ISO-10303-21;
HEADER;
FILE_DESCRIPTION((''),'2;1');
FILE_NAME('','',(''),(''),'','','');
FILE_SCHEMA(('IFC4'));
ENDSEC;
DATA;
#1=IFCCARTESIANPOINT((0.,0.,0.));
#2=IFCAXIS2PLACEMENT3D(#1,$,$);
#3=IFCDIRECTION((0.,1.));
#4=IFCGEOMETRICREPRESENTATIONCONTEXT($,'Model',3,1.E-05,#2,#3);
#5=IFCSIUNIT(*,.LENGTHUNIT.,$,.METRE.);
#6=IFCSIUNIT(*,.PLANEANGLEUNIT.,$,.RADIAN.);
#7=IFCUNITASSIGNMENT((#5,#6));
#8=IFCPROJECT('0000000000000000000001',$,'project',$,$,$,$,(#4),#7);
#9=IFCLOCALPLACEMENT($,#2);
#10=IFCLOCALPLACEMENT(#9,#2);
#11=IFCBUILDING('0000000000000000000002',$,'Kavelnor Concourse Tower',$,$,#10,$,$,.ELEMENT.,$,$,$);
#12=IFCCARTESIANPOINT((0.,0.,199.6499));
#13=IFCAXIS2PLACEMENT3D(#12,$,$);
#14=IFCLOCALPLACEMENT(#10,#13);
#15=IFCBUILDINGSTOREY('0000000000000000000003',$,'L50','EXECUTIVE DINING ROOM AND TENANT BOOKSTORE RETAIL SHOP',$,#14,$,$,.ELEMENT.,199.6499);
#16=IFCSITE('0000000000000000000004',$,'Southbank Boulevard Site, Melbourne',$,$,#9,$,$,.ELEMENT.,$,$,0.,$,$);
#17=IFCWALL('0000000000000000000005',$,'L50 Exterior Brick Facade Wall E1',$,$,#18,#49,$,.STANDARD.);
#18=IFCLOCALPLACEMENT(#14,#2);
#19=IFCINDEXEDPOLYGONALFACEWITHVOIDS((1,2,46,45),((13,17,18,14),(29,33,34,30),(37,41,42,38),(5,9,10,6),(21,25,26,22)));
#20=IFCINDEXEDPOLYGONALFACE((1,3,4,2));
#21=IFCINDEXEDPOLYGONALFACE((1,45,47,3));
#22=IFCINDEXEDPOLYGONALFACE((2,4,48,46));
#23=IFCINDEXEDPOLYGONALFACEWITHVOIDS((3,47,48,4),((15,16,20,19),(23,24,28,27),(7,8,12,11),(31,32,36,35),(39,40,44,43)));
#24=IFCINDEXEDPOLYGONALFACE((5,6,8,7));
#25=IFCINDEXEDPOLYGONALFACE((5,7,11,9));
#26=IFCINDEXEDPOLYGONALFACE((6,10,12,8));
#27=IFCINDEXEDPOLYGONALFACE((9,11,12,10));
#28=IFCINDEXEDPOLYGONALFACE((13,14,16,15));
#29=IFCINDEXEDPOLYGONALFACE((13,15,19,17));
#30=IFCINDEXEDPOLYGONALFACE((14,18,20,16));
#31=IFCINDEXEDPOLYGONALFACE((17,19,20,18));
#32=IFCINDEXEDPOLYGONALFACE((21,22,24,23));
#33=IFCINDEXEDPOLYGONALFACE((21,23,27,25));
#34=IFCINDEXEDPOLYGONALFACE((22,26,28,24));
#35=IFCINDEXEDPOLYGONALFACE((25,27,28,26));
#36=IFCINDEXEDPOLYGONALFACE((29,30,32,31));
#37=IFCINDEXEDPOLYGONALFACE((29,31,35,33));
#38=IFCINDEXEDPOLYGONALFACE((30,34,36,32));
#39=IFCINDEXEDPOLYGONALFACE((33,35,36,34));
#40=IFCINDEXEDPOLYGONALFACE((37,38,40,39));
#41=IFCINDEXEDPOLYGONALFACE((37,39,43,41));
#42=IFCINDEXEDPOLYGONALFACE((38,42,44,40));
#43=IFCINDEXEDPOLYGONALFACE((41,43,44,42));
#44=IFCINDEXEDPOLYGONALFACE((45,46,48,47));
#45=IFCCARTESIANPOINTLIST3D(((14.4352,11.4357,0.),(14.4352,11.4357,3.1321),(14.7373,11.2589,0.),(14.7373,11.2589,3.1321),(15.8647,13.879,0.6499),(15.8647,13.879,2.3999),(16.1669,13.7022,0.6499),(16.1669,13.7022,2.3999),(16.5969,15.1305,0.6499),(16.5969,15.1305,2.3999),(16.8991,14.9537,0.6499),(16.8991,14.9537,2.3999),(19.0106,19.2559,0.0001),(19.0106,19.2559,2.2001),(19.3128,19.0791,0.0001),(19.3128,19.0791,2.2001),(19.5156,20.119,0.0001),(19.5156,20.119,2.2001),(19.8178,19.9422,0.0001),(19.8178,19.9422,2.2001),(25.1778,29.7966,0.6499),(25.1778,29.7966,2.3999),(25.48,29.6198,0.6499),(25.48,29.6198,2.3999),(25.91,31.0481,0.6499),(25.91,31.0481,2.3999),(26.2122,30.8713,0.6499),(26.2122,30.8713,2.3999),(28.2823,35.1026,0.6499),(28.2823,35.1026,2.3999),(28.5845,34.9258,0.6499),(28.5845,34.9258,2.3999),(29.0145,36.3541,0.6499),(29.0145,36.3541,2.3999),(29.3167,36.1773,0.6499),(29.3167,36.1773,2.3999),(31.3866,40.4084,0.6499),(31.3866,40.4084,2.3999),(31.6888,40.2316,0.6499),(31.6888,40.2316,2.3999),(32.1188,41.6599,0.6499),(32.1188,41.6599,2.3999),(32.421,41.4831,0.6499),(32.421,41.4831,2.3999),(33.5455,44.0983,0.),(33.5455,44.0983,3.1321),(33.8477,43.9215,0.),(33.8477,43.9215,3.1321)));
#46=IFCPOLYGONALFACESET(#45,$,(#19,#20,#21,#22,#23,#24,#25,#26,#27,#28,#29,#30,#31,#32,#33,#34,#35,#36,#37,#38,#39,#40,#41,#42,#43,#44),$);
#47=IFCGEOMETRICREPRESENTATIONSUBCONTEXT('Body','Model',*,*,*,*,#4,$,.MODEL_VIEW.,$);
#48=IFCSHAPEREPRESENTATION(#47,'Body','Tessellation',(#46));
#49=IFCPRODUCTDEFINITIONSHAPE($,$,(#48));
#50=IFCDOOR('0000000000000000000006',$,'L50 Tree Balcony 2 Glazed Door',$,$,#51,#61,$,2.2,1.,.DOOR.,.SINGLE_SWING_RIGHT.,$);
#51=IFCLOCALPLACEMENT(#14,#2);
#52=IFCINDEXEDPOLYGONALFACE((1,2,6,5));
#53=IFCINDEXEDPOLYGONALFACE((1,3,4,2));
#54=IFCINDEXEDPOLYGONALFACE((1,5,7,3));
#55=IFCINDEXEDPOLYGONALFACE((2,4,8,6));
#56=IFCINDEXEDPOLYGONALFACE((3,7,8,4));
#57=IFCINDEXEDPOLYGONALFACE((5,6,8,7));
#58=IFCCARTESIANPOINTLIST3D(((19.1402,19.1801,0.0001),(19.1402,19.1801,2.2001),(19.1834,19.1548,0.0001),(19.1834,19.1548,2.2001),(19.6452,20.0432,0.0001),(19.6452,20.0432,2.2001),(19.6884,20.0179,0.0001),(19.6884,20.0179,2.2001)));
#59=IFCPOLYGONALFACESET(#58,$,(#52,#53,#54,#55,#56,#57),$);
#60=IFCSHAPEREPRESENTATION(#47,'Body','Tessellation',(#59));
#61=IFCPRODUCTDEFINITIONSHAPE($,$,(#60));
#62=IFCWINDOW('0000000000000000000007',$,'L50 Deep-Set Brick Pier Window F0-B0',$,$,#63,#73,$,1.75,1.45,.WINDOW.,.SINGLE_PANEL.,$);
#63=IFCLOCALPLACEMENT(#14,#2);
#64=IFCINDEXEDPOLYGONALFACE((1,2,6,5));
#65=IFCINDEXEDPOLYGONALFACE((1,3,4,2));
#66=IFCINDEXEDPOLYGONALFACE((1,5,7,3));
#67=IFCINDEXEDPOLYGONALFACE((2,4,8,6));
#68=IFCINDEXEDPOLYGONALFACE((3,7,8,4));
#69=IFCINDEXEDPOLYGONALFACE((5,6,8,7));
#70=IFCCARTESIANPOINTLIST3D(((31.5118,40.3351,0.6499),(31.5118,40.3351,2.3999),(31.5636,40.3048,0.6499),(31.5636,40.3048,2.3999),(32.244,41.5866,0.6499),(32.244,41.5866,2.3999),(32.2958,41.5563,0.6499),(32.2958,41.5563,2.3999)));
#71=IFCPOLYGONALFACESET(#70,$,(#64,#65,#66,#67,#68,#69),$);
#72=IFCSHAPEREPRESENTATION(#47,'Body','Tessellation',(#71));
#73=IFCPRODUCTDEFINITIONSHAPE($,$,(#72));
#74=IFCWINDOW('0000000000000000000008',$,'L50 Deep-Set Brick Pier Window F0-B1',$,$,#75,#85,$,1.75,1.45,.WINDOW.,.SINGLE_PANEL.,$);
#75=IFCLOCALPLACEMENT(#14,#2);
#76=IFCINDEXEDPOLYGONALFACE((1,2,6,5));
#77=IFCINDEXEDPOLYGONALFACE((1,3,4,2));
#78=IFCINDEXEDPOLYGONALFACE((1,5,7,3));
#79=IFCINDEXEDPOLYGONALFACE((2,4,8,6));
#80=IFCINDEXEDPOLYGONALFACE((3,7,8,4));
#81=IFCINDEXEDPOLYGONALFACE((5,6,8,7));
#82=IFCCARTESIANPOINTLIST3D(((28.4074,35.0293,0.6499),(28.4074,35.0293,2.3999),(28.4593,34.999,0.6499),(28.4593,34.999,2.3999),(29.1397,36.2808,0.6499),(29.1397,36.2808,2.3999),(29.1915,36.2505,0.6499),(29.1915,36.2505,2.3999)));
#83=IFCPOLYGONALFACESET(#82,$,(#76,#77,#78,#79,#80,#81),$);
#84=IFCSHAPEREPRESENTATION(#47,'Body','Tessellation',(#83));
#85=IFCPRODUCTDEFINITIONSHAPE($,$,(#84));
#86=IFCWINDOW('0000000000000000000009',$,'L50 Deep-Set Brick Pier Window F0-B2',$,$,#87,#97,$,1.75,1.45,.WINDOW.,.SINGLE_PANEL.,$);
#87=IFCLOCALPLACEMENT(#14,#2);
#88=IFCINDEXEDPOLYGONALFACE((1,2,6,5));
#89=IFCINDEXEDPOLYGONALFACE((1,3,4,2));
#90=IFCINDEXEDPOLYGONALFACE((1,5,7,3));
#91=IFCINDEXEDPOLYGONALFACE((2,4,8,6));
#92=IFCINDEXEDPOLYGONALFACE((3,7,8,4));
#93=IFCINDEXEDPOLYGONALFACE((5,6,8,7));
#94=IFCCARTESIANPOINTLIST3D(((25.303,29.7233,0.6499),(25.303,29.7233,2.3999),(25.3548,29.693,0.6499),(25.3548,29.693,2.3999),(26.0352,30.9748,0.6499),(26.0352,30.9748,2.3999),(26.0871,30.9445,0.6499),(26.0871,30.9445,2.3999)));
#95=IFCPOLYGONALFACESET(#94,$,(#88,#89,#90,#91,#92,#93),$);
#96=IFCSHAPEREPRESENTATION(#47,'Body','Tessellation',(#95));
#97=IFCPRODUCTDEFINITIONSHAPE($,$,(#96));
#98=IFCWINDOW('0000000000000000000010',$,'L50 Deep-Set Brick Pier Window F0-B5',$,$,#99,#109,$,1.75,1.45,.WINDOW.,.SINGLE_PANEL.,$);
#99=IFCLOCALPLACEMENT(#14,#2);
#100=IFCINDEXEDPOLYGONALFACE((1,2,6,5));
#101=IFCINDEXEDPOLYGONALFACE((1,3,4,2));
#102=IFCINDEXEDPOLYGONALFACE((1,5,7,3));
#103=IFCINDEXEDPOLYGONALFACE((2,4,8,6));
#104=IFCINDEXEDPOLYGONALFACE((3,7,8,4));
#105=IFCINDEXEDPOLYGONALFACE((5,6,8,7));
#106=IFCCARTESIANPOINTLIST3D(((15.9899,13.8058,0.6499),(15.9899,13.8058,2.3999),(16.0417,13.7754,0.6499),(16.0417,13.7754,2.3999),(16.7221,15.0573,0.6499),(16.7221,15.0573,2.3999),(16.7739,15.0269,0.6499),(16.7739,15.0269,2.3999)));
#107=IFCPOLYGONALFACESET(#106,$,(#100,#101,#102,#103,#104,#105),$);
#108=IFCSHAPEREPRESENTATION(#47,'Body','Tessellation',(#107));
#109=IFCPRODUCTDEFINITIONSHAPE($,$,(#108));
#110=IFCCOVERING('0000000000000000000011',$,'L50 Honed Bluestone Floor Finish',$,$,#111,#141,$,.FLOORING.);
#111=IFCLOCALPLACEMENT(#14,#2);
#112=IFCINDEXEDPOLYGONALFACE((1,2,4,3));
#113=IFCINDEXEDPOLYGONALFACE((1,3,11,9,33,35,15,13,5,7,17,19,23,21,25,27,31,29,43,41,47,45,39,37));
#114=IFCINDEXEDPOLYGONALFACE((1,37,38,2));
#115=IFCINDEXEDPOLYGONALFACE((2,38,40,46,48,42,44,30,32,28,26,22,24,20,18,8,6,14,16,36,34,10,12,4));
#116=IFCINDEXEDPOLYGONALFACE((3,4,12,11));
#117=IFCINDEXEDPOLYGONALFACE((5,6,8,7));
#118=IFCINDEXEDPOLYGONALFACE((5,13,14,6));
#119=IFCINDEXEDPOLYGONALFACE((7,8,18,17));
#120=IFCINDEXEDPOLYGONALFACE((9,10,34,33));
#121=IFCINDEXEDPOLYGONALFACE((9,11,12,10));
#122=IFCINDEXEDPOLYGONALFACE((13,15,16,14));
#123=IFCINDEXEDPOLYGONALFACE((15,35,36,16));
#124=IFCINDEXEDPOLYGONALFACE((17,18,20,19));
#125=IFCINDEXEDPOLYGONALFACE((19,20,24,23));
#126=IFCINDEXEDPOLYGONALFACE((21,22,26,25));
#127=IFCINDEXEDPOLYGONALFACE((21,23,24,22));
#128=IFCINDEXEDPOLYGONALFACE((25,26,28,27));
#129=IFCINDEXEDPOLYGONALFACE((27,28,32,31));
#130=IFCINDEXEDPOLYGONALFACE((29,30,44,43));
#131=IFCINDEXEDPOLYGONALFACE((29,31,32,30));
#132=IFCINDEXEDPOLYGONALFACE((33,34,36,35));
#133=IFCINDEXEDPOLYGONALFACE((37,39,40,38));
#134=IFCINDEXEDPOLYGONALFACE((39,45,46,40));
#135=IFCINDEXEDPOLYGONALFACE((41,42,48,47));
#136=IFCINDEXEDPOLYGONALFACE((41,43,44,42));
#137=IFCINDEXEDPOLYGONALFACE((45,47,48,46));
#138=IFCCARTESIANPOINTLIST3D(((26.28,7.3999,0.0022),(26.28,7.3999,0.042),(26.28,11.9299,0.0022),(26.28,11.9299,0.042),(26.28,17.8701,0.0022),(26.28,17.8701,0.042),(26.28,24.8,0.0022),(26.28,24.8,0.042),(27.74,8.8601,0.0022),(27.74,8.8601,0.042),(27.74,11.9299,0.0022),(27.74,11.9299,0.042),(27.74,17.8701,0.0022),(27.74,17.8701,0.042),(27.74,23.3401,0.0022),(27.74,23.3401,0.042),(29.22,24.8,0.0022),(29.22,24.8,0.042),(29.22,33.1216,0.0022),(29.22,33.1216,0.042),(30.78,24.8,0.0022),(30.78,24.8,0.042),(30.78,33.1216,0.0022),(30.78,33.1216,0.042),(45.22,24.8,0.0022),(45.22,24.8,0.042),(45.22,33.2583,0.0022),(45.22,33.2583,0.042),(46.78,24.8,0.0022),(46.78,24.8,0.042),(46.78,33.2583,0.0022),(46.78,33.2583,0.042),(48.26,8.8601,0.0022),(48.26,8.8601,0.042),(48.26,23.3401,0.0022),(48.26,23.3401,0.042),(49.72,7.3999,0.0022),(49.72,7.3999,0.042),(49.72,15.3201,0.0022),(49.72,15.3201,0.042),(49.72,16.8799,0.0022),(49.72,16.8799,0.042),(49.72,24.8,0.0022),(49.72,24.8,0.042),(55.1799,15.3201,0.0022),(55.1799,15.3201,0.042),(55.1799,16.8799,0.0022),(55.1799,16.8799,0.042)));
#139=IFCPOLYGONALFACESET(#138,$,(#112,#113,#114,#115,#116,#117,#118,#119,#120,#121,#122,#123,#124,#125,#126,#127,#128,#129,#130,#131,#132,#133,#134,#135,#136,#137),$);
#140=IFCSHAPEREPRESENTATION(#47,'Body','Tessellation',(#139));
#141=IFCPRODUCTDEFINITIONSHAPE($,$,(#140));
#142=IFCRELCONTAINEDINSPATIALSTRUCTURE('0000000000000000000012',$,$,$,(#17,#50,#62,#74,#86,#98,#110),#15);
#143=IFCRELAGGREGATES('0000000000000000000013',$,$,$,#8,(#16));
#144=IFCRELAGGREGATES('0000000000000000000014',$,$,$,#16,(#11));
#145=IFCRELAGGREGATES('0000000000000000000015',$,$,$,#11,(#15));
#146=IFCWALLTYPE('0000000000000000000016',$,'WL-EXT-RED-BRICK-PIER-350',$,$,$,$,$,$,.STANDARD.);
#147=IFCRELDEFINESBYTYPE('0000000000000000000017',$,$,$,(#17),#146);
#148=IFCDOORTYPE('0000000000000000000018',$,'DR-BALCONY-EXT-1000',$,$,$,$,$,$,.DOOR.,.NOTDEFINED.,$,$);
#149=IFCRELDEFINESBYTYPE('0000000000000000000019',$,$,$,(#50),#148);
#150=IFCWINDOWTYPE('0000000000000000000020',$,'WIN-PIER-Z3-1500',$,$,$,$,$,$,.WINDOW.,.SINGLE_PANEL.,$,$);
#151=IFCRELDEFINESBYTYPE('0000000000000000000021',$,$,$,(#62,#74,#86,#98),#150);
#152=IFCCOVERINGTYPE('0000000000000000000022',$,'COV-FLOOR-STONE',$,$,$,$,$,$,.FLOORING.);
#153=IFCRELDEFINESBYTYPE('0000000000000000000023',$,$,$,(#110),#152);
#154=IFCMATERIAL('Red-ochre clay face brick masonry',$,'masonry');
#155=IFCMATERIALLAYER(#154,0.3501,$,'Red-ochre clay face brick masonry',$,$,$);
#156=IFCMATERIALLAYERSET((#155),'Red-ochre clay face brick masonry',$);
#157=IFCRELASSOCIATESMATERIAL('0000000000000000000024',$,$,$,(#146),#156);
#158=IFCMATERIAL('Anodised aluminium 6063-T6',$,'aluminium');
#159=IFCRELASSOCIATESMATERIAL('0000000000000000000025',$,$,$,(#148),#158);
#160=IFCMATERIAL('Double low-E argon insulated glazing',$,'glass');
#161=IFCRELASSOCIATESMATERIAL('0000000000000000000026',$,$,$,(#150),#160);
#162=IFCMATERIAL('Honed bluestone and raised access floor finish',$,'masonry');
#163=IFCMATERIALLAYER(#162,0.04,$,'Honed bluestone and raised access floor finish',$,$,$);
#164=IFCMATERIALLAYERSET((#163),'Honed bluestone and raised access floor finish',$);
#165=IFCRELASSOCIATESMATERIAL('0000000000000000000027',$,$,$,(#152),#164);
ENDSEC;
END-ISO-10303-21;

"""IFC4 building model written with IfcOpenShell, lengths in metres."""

from ifc_helpers import new_model, si_unit, direction, frame, frame_2d, origin, place, context, subcontext, project, spatial, polyline, rectangle, outline, extrude, material, layer, layer_set, type_object, element, fill, save


model = new_model("IFC4")

# Units and contexts
model_context = context("Model", 3, precision=1e-05, world=origin(), true_north=direction((0.0, 1.0)))
body_context = subcontext(model_context, "Body", "Model", "MODEL_VIEW")
ifc_project = project(units=[si_unit("LENGTHUNIT", "METRE"), si_unit("PLANEANGLEUNIT", "RADIAN")], contexts=[model_context])

# Site, building, storey
site_placement = place(None, origin())
site = spatial("IfcSite", under=ifc_project, at=site_placement, Name="Southbank Boulevard Site, Melbourne", CompositionType="ELEMENT", RefElevation=0.0)
building_placement = place(site_placement, origin())
building = spatial("IfcBuilding", under=site, at=building_placement, Name="Kavelnor Concourse Tower", CompositionType="ELEMENT")
storey_placement = place(building_placement, frame((0.0, 0.0, 199.6499)))
storey = spatial("IfcBuildingStorey", under=building, at=storey_placement, Name="L50", Description="EXECUTIVE DINING ROOM AND TENANT BOOKSTORE RETAIL SHOP", CompositionType="ELEMENT", Elevation=199.6499)

# Shared definitions
ifc_material_1 = material(Name="Double low-E argon insulated glazing", Category="glass")

# Wall, openings, door, windows
ifc_material_2 = material(Name="Red-ochre clay face brick masonry", Category="masonry")
ifc_layer_1 = layer(ifc_material_2, 0.3501, Name="Red-ochre clay face brick masonry")
ifc_layer_set_1 = layer_set([ifc_layer_1], Name="Red-ochre clay face brick masonry")
wall_type_1 = type_object("IfcWallType", Name="WL-EXT-RED-BRICK-PIER-350", PredefinedType="STANDARD", material=ifc_layer_set_1)
wall_1_placement = place(storey_placement, frame((14.5862, 11.3472, 0.0), z_axis=(0.0, 0.0, 1.0), x_axis=(0.504998, 0.863121, 0.0)))
wall_1 = element("IfcWall", 1, at=wall_1_placement, inside=storey, type_object=wall_type_1, Name="L50 Exterior Brick Facade Wall E1", PredefinedType="STANDARD", context=body_context, shape_type="SweptSolid", body=[
    extrude(rectangle(XDim=37.8425, YDim=0.3501, at=frame_2d((18.9214, 0.0))), origin(), (0.0, 0.0, 1.0), 3.1321),
])
opening_1_placement = place(wall_1_placement, frame((9.0605, 0.0, 0.0)))
opening_1 = element("IfcOpeningElement", 2, at=opening_1_placement, cuts=wall_1, PredefinedType="OPENING", context=body_context, shape_type="SweptSolid", body=[
    extrude(rectangle(XDim=1.0, YDim=2.2, at=frame_2d((0.5, 1.1001))), frame((0.0, 0.1851, 0.0), z_axis=(0.0, -1.0, 0.0), x_axis=(1.0, 0.0, 0.0)), (0.0, 0.0, 1.0), 0.3701),
])
opening_2_placement = place(wall_1_placement, frame((33.5674, 0.0, 0.6499)))
opening_2 = element("IfcOpeningElement", 3, at=opening_2_placement, cuts=wall_1, PredefinedType="OPENING", context=body_context, shape_type="SweptSolid", body=[
    extrude(rectangle(XDim=1.45, YDim=1.75, at=frame_2d((0.7251, 0.875))), frame((0.0, 0.1851, 0.0), z_axis=(0.0, -1.0, 0.0), x_axis=(1.0, 0.0, 0.0)), (0.0, 0.0, 1.0), 0.3701),
])
opening_3_placement = place(wall_1_placement, frame((27.4202, 0.0, 0.6499)))
opening_3 = element("IfcOpeningElement", 4, at=opening_3_placement, cuts=wall_1, PredefinedType="OPENING", context=body_context, shape_type="SweptSolid", body=[
    extrude(rectangle(XDim=1.45, YDim=1.75, at=frame_2d((0.7251, 0.875))), frame((0.0, 0.1851, 0.0), z_axis=(0.0, -1.0, 0.0), x_axis=(1.0, 0.0, 0.0)), (0.0, 0.0, 1.0), 0.3701),
])
opening_4_placement = place(wall_1_placement, frame((21.2727, 0.0, 0.6499)))
opening_4 = element("IfcOpeningElement", 5, at=opening_4_placement, cuts=wall_1, PredefinedType="OPENING", context=body_context, shape_type="SweptSolid", body=[
    extrude(rectangle(XDim=1.45, YDim=1.75, at=frame_2d((0.7251, 0.875))), frame((0.0, 0.1851, 0.0), z_axis=(0.0, -1.0, 0.0), x_axis=(1.0, 0.0, 0.0)), (0.0, 0.0, 1.0), 0.3701),
])
opening_5_placement = place(wall_1_placement, frame((2.8308, 0.0, 0.6499)))
opening_5 = element("IfcOpeningElement", 6, at=opening_5_placement, cuts=wall_1, PredefinedType="OPENING", context=body_context, shape_type="SweptSolid", body=[
    extrude(rectangle(XDim=1.45, YDim=1.75, at=frame_2d((0.7251, 0.875))), frame((0.0, 0.1851, 0.0), z_axis=(0.0, -1.0, 0.0), x_axis=(1.0, 0.0, 0.0)), (0.0, 0.0, 1.0), 0.3701),
])
ifc_material_3 = material(Name="Anodised aluminium 6063-T6", Category="aluminium")
door_type = type_object("IfcDoorType", Name="DR-BALCONY-EXT-1000", OperationType="NOTDEFINED", PredefinedType="DOOR", material=ifc_material_3)
door_placement = place(opening_1_placement, origin())
door = element("IfcDoor", 7, at=door_placement, inside=storey, type_object=door_type, Name="L50 Tree Balcony 2 Glazed Door", OperationType="SINGLE_SWING_RIGHT", OverallHeight=2.2, OverallWidth=1.0, PredefinedType="DOOR", context=body_context, shape_type="SweptSolid", body=[
    extrude(rectangle(XDim=1.0, YDim=2.2, at=frame_2d((0.5, 1.1001))), frame((0.0, 0.0249, 0.0), z_axis=(0.0, -1.0, 0.0), x_axis=(1.0, 0.0, 0.0)), (0.0, 0.0, 1.0), 0.05),
])
fill(opening_1, door)
window_type_1 = type_object("IfcWindowType", Name="WIN-PIER-Z3-1500", PartitioningType="SINGLE_PANEL", PredefinedType="WINDOW", material=ifc_material_1)
window_1_placement = place(opening_2_placement, origin())
window_1 = element("IfcWindow", 8, at=window_1_placement, inside=storey, type_object=window_type_1, Name="L50 Deep-Set Brick Pier Window F0-B0", OverallHeight=1.75, OverallWidth=1.45, PartitioningType="SINGLE_PANEL", PredefinedType="WINDOW", context=body_context, shape_type="SweptSolid", body=[
    extrude(rectangle(XDim=1.45, YDim=1.75, at=frame_2d((0.7251, 0.875))), frame((0.0, 0.03, 0.0), z_axis=(0.0, -1.0, 0.0), x_axis=(1.0, 0.0, 0.0)), (0.0, 0.0, 1.0), 0.0601),
])
fill(opening_2, window_1)
window_2_placement = place(opening_3_placement, origin())
window_2 = element("IfcWindow", 9, at=window_2_placement, inside=storey, type_object=window_type_1, Name="L50 Deep-Set Brick Pier Window F0-B1", OverallHeight=1.75, OverallWidth=1.45, PartitioningType="SINGLE_PANEL", PredefinedType="WINDOW", context=body_context, shape_type="SweptSolid", body=[
    extrude(rectangle(XDim=1.45, YDim=1.75, at=frame_2d((0.7251, 0.875))), frame((0.0, 0.03, 0.0), z_axis=(0.0, -1.0, 0.0), x_axis=(1.0, 0.0, 0.0)), (0.0, 0.0, 1.0), 0.0601),
])
fill(opening_3, window_2)
window_3_placement = place(opening_4_placement, origin())
window_3 = element("IfcWindow", 10, at=window_3_placement, inside=storey, type_object=window_type_1, Name="L50 Deep-Set Brick Pier Window F0-B2", OverallHeight=1.75, OverallWidth=1.45, PartitioningType="SINGLE_PANEL", PredefinedType="WINDOW", context=body_context, shape_type="SweptSolid", body=[
    extrude(rectangle(XDim=1.45, YDim=1.75, at=frame_2d((0.7251, 0.875))), frame((0.0, 0.03, 0.0), z_axis=(0.0, -1.0, 0.0), x_axis=(1.0, 0.0, 0.0)), (0.0, 0.0, 1.0), 0.0601),
])
fill(opening_4, window_3)
window_4_placement = place(opening_5_placement, origin())
window_4 = element("IfcWindow", 11, at=window_4_placement, inside=storey, type_object=window_type_1, Name="L50 Deep-Set Brick Pier Window F0-B5", OverallHeight=1.75, OverallWidth=1.45, PartitioningType="SINGLE_PANEL", PredefinedType="WINDOW", context=body_context, shape_type="SweptSolid", body=[
    extrude(rectangle(XDim=1.45, YDim=1.75, at=frame_2d((0.7251, 0.875))), frame((0.0, 0.03, 0.0), z_axis=(0.0, -1.0, 0.0), x_axis=(1.0, 0.0, 0.0)), (0.0, 0.0, 1.0), 0.0601),
])
fill(opening_5, window_4)

# Covering
ifc_material_4 = material(Name="Honed bluestone and raised access floor finish", Category="masonry")
ifc_layer_2 = layer(ifc_material_4, 0.04, Name="Honed bluestone and raised access floor finish")
ifc_layer_set_2 = layer_set([ifc_layer_2], Name="Honed bluestone and raised access floor finish")
covering_type = type_object("IfcCoveringType", Name="COV-FLOOR-STONE", PredefinedType="FLOORING", material=ifc_layer_set_2)
covering_placement = place(storey_placement, frame((0.0, 0.0, 0.0022)))
element("IfcCovering", 12, at=covering_placement, inside=storey, type_object=covering_type, Name="L50 Honed Bluestone Floor Finish", PredefinedType="FLOORING", context=body_context, shape_type="SweptSolid", body=[
    extrude(outline(polyline([(29.22, 24.8), (29.22, 33.1216), (30.78, 33.1216), (30.78, 24.8), (45.22, 24.8), (45.22, 33.2583), (46.78, 33.2583), (46.78, 24.8), (49.72, 24.8), (49.72, 16.8799), (55.1799, 16.8799), (55.1799, 15.3201), (49.72, 15.3201), (49.72, 7.3999), (26.28, 7.3999), (26.28, 11.9299), (27.74, 11.9299), (27.74, 8.8601), (48.26, 8.8601), (48.26, 23.3401), (27.74, 23.3401), (27.74, 17.8701), (26.28, 17.8701), (26.28, 24.8), (29.22, 24.8)])), origin(), (0.0, 0.0, 1.0), 0.0398),
])

save(model, "model.ifc")
